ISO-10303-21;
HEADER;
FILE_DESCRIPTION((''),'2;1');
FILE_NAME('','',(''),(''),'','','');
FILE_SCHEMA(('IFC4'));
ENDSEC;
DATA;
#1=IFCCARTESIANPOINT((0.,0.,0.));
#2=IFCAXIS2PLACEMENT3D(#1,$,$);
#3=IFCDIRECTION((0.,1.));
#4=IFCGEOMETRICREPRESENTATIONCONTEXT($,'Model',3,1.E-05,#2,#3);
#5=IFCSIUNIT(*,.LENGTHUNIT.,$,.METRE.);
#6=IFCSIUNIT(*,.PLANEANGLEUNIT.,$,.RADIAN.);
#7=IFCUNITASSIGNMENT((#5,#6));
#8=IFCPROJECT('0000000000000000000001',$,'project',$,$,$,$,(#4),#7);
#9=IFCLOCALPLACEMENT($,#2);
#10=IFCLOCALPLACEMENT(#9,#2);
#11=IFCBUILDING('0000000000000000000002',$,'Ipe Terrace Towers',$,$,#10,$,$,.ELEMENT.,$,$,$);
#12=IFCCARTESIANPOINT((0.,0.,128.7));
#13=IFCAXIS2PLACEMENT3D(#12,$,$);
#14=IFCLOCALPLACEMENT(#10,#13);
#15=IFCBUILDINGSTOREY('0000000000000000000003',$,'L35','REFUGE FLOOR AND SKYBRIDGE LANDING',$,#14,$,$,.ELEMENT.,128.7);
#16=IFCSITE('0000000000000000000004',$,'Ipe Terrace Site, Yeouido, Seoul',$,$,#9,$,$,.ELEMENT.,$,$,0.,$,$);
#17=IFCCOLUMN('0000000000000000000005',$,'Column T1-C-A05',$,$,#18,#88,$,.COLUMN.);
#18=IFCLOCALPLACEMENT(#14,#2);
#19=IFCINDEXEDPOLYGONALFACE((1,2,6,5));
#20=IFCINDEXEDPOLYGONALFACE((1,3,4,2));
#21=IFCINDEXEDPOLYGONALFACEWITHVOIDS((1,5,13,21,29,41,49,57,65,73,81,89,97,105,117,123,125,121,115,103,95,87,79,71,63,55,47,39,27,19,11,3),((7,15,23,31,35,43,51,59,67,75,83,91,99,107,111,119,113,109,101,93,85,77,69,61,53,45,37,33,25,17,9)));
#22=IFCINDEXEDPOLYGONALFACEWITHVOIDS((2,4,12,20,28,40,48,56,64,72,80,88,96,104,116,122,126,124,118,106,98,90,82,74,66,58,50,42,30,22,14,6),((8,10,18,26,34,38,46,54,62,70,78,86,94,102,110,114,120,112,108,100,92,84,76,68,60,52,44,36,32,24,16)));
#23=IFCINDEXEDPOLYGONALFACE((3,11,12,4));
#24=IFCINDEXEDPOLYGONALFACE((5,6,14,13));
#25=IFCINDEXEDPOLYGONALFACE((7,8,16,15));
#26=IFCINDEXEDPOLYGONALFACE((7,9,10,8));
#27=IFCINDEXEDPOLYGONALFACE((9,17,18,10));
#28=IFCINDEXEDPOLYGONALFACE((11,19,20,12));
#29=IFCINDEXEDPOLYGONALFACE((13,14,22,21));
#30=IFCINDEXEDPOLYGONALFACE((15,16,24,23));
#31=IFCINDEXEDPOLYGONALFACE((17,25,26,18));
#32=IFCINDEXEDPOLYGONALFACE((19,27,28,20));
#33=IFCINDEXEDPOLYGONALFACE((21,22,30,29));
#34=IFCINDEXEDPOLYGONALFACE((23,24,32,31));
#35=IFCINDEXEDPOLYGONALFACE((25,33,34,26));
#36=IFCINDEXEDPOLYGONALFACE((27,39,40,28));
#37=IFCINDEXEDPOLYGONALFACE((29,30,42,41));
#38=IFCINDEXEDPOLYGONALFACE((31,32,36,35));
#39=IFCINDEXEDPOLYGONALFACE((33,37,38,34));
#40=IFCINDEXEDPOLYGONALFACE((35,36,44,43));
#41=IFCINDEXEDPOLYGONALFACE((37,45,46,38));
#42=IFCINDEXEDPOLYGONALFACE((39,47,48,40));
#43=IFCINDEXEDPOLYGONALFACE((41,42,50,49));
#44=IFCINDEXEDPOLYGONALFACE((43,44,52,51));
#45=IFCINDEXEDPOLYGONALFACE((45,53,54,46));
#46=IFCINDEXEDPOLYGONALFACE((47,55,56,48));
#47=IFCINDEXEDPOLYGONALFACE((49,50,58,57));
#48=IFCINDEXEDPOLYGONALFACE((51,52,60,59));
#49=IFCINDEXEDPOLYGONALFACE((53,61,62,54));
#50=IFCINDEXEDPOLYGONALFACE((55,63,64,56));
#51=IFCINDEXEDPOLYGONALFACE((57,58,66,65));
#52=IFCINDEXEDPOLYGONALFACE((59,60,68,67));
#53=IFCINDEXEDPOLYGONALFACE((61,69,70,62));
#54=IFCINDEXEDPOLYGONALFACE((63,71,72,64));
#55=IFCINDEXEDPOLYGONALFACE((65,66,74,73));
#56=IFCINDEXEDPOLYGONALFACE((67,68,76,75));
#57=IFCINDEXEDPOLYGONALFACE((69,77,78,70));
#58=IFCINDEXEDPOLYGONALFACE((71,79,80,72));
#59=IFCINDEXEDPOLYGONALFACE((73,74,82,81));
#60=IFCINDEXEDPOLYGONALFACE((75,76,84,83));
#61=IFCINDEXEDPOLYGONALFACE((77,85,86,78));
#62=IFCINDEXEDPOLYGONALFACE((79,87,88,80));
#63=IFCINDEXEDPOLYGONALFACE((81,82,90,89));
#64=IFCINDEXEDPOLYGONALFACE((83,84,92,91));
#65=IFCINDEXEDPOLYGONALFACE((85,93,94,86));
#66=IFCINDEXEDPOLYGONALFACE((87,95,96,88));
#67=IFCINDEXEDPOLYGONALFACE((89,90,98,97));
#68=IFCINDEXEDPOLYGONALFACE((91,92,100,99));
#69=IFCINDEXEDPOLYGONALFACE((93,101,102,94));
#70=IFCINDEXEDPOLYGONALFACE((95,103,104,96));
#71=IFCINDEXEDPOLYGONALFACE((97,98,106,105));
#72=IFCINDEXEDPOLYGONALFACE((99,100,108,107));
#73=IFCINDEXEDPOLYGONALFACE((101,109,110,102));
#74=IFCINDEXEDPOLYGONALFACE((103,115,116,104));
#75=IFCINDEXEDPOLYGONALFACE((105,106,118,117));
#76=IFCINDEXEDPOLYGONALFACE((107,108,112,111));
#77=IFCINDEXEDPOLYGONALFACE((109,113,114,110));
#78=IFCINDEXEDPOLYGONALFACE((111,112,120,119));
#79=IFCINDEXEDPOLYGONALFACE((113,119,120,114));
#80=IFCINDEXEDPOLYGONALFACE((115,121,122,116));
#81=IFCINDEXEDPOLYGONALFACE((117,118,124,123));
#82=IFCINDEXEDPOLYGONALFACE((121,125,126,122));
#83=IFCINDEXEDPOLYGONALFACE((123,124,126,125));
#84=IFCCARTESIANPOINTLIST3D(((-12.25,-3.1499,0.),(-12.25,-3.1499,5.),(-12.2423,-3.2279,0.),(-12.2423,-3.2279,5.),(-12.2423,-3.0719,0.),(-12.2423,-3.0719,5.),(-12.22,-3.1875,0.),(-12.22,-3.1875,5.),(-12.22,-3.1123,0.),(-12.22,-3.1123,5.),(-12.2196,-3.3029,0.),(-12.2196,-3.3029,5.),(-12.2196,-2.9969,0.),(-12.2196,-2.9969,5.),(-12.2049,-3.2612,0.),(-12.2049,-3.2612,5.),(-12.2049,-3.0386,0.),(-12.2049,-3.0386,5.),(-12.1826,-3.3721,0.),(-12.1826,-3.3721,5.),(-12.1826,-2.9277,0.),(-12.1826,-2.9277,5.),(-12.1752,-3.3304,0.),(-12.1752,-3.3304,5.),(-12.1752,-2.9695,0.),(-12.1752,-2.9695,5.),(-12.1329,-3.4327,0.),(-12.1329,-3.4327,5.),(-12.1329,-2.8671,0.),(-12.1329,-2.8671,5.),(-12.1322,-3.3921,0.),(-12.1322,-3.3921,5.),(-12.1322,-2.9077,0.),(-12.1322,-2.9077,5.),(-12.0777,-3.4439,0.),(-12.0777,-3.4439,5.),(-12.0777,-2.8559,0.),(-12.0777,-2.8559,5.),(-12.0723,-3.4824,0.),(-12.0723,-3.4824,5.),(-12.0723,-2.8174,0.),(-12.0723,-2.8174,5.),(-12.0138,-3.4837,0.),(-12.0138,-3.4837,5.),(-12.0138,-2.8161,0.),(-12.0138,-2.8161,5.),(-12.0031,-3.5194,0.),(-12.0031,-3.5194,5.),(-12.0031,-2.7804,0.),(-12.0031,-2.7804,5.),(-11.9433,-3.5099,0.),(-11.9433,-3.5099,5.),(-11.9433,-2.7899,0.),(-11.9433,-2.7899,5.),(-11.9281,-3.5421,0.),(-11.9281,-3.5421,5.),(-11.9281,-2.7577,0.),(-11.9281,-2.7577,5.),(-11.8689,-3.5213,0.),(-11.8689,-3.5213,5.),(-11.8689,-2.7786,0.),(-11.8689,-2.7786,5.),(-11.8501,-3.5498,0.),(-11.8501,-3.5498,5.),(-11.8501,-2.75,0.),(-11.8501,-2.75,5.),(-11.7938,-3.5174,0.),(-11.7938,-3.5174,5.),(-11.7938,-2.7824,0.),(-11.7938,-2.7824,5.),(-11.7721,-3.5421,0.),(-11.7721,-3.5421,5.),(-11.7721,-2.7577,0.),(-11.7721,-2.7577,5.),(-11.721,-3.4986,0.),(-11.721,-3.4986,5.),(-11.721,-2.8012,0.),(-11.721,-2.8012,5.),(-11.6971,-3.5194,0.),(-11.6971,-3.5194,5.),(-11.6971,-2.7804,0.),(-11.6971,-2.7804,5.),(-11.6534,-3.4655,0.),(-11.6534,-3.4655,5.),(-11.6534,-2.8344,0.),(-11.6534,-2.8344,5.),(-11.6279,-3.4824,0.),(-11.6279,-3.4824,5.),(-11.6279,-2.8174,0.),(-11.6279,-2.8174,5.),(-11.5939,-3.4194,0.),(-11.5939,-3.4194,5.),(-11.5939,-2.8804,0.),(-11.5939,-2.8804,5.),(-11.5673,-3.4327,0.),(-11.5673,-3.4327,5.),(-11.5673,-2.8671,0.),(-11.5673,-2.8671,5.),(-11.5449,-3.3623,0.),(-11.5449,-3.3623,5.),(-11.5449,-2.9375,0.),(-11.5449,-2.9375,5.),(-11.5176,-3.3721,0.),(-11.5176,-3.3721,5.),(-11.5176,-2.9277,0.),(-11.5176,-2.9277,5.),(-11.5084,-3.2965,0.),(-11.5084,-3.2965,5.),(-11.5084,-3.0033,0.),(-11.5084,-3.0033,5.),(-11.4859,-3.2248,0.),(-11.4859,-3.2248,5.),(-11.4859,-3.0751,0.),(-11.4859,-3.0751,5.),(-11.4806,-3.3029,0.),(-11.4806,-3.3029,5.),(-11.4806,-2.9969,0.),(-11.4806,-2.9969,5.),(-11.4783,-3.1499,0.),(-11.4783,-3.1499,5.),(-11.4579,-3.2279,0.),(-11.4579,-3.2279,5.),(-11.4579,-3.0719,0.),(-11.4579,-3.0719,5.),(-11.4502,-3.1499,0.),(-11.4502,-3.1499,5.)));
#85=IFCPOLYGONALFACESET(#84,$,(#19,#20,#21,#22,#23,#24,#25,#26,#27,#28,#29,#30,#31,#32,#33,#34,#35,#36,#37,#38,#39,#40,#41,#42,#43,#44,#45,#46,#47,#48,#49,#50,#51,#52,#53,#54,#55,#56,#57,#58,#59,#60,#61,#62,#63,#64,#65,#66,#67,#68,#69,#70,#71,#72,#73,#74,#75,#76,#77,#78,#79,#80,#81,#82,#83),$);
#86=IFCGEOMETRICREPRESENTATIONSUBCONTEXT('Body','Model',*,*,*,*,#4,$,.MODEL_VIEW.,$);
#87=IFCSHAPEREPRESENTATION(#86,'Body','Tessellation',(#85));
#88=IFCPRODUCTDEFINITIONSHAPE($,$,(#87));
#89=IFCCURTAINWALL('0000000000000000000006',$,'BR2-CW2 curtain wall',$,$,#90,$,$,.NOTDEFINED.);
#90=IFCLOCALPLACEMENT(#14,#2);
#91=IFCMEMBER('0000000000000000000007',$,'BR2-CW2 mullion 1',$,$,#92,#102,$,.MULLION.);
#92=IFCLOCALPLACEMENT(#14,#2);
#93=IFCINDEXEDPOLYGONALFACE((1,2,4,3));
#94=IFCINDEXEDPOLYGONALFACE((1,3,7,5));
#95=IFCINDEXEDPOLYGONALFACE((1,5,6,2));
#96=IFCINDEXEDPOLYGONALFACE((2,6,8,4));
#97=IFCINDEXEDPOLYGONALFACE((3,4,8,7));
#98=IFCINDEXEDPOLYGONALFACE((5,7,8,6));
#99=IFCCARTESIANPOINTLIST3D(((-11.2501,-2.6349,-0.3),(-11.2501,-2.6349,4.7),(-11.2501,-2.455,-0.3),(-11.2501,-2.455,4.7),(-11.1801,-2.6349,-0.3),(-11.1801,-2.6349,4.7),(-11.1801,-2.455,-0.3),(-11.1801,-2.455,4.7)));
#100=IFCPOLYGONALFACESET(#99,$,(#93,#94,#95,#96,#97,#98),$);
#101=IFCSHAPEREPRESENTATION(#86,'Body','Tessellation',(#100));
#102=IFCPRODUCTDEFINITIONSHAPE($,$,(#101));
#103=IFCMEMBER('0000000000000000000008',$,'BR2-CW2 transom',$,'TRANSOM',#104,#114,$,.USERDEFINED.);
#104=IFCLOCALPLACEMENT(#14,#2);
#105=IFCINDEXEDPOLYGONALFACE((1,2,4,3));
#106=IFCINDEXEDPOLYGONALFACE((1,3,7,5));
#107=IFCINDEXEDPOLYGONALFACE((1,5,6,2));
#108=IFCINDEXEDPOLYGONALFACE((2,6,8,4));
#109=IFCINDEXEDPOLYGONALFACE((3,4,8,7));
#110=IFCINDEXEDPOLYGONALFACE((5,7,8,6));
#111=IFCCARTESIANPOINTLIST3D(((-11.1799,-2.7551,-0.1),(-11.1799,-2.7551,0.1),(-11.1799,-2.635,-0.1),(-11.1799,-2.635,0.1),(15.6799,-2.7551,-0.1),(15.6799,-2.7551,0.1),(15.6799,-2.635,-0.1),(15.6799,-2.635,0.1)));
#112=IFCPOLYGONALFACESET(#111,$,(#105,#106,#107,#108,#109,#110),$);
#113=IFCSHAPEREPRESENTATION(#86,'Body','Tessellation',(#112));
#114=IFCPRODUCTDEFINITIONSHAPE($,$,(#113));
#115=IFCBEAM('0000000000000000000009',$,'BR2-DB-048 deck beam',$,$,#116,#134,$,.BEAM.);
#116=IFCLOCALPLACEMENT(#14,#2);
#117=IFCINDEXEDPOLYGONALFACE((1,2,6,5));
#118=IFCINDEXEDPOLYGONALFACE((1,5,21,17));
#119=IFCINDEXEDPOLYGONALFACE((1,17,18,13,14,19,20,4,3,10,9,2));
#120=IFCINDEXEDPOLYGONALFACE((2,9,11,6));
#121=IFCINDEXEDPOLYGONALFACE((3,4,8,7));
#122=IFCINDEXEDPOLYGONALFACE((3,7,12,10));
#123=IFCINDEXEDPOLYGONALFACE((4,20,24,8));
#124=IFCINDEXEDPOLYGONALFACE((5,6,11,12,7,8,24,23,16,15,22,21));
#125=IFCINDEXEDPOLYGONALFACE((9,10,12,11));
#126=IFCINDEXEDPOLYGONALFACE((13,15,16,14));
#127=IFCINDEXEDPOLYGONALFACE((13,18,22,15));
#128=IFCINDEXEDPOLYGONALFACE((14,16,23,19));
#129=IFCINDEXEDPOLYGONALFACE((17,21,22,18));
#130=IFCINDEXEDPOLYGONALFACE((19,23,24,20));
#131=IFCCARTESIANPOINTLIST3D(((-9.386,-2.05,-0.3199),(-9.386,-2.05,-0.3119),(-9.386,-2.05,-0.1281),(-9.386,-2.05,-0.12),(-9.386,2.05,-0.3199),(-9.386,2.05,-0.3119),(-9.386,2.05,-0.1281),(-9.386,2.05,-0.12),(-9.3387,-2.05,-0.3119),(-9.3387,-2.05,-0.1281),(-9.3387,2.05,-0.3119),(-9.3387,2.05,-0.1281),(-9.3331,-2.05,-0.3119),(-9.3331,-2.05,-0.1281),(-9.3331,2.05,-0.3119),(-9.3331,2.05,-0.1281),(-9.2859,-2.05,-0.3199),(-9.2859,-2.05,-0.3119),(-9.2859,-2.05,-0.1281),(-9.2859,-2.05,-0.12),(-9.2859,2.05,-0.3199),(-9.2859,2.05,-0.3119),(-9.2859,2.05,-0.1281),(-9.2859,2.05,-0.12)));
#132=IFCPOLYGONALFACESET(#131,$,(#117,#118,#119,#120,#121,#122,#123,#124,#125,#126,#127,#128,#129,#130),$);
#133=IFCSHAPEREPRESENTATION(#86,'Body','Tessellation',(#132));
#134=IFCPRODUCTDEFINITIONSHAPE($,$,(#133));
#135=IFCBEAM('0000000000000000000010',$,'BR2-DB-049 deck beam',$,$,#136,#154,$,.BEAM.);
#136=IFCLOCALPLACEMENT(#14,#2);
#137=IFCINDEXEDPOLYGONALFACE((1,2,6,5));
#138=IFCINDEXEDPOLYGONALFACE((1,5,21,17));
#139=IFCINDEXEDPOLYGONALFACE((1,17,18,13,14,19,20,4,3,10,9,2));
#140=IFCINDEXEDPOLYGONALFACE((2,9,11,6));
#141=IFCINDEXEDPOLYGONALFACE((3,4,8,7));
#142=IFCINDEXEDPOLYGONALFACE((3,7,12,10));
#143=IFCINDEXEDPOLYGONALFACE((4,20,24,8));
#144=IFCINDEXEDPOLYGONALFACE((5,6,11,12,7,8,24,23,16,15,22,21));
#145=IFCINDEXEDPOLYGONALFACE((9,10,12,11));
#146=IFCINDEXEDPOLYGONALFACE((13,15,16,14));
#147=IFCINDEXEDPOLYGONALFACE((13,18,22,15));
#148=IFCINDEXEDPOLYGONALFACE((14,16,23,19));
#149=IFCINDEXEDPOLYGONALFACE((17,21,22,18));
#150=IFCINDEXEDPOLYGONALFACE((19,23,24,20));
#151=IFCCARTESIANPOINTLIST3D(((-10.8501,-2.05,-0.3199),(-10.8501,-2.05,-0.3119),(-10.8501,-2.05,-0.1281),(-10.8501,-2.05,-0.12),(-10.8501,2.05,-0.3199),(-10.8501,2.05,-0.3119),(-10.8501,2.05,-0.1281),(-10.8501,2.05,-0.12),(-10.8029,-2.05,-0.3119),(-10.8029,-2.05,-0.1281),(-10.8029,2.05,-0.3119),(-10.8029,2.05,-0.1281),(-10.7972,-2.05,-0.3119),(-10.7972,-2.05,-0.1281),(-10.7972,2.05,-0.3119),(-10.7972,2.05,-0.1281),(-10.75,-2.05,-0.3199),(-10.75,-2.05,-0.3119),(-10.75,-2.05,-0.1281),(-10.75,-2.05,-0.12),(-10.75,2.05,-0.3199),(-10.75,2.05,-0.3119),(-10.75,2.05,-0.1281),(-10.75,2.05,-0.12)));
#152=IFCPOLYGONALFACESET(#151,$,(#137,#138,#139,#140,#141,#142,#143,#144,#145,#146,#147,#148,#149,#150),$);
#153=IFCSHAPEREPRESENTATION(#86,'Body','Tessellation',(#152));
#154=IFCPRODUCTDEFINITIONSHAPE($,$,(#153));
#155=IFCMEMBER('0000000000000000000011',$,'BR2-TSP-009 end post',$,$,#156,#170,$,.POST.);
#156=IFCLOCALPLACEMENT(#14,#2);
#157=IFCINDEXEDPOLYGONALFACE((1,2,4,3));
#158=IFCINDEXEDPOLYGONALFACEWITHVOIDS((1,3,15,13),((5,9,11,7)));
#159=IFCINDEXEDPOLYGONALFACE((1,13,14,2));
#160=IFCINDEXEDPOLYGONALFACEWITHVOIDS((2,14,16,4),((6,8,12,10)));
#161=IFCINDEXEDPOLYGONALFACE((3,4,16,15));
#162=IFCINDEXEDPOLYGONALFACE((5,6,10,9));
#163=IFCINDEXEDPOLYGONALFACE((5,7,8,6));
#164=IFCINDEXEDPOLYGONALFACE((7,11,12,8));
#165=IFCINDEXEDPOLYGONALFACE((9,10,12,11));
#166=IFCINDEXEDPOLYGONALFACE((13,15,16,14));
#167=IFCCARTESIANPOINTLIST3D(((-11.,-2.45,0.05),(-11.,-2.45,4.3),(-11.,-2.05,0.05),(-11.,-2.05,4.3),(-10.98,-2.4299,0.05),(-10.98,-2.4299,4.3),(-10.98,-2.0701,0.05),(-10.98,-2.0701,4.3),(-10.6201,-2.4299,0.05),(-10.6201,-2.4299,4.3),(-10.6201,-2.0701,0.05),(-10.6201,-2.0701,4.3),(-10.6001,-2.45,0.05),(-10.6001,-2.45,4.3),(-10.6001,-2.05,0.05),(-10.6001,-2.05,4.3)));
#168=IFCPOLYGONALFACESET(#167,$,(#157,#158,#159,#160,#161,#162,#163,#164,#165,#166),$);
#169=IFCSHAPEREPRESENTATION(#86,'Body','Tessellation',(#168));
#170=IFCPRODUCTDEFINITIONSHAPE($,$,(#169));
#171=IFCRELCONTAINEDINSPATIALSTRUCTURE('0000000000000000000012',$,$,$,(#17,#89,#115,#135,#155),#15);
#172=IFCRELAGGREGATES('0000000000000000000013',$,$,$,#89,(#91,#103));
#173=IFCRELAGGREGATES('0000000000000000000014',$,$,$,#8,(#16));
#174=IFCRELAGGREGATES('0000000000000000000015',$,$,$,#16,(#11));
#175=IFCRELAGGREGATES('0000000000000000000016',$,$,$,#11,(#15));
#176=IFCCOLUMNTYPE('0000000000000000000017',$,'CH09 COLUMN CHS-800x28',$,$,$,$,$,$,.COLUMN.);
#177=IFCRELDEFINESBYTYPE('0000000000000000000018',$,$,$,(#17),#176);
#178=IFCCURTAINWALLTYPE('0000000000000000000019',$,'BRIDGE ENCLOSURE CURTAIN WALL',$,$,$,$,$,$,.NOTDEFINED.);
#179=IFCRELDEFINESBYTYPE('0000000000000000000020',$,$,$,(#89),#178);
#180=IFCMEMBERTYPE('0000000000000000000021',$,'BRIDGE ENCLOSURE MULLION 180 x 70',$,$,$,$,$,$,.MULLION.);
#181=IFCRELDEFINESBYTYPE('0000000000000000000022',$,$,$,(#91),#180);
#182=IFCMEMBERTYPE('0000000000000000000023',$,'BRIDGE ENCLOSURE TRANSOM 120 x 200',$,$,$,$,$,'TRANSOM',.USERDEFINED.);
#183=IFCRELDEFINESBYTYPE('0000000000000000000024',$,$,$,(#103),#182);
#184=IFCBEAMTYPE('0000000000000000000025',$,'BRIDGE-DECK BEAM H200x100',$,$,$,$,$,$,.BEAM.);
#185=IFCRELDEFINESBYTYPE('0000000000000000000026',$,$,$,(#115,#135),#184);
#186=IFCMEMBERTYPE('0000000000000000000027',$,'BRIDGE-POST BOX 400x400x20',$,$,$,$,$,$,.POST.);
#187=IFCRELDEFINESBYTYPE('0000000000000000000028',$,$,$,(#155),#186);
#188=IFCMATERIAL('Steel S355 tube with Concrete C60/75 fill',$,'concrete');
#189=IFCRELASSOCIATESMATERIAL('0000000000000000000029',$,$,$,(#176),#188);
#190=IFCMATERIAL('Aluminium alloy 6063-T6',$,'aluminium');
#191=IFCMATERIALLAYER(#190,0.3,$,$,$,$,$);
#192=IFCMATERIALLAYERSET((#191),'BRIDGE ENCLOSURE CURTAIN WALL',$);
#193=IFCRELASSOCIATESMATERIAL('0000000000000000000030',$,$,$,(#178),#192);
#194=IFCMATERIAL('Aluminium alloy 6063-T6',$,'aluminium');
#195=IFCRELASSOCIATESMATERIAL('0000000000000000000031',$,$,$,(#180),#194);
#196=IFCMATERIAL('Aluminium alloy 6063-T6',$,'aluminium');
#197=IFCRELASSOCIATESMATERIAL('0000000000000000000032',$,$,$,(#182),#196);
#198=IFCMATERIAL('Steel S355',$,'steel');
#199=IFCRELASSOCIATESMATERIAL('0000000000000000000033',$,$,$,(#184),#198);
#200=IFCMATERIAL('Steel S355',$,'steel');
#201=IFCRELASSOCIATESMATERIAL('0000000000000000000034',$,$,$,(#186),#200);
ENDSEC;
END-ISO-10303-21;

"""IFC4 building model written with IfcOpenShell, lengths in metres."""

from ifc_helpers import new_model, si_unit, direction, frame, origin, origin_2d, place, context, subcontext, project, spatial, rectangle, hollow_rectangle, hollow_circle, i_section, extrude, material, layer, layer_set, material_profile, profile_set, type_object, element, aggregate, save


model = new_model("IFC4")

# Units and contexts
model_context = context("Model", 3, precision=1e-05, world=origin(), true_north=direction((0.0, 1.0)))
body_context = subcontext(model_context, "Body", "Model", "MODEL_VIEW")
ifc_project = project(units=[si_unit("LENGTHUNIT", "METRE"), si_unit("PLANEANGLEUNIT", "RADIAN")], contexts=[model_context])

# Site, building, storey
site_placement = place(None, origin())
site = spatial("IfcSite", under=ifc_project, at=site_placement, Name="Ipe Terrace Site, Yeouido, Seoul", CompositionType="ELEMENT", RefElevation=0.0)
building_placement = place(site_placement, origin())
building = spatial("IfcBuilding", under=site, at=building_placement, Name="Ipe Terrace Towers", CompositionType="ELEMENT")
storey_placement = place(building_placement, frame((0.0, 0.0, 128.7)))
storey = spatial("IfcBuildingStorey", under=building, at=storey_placement, Name="L35", Description="REFUGE FLOOR AND SKYBRIDGE LANDING", CompositionType="ELEMENT", Elevation=128.7)

# Column
ifc_material_1 = material(Name="Steel S355 tube with Concrete C60/75 fill", Category="concrete")
ifc_material_profile_1 = material_profile(ifc_material_1, hollow_circle(Radius=0.3999, WallThickness=0.0281, at=origin_2d()), Name="CHS-800x28")
ifc_profile_set_1 = profile_set([ifc_material_profile_1], Name="Steel S355 tube with Concrete C60/75 fill")
column_type = type_object("IfcColumnType", Name="CH09 COLUMN CHS-800x28", PredefinedType="COLUMN", material=ifc_profile_set_1)
column_placement = place(storey_placement, frame((-11.8501, -3.1499, 0.0), z_axis=(0.0, 0.0, 1.0), x_axis=(1.0, 0.0, 0.0)))
element("IfcColumn", 1, at=column_placement, inside=storey, type_object=column_type, Name="Column T1-C-A05", PredefinedType="COLUMN", context=body_context, shape_type="SweptSolid", body=[
    extrude(hollow_circle(Radius=0.3999, WallThickness=0.0281, at=origin_2d()), origin(), (0.0, 0.0, 1.0), 5.0),
])

# Curtain wall, members
ifc_material_2 = material(Name="Aluminium alloy 6063-T6", Category="aluminium")
ifc_layer_1 = layer(ifc_material_2, 0.3)
ifc_layer_set_1 = layer_set([ifc_layer_1], Name="BRIDGE ENCLOSURE CURTAIN WALL")
curtain_wall_type_1 = type_object("IfcCurtainWallType", Name="BRIDGE ENCLOSURE CURTAIN WALL", PredefinedType="NOTDEFINED", material=ifc_layer_set_1)
curtain_wall_1_placement = place(storey_placement, origin())
curtain_wall_1 = element("IfcCurtainWall", 2, at=curtain_wall_1_placement, inside=storey, type_object=curtain_wall_type_1, Name="BR2-CW2 curtain wall", PredefinedType="NOTDEFINED")
ifc_material_3 = material(Name="Aluminium alloy 6063-T6", Category="aluminium")
ifc_material_profile_2 = material_profile(ifc_material_3, rectangle(XDim=0.1799, YDim=0.0701, at=origin_2d()), Name="BRIDGE ENCLOSURE MULLION 180 x 70")
ifc_profile_set_2 = profile_set([ifc_material_profile_2], Name="Aluminium alloy 6063-T6")
member_type_1 = type_object("IfcMemberType", Name="BRIDGE ENCLOSURE MULLION 180 x 70", PredefinedType="MULLION", material=ifc_profile_set_2)
member_1_placement = place(storey_placement, frame((-11.2151, -2.5449, -0.3), z_axis=(0.0, 0.0, 1.0), x_axis=(0.0, -1.0, 0.0)))
member_1 = element("IfcMember", 3, at=member_1_placement, type_object=member_type_1, Name="BR2-CW2 mullion 1", PredefinedType="MULLION", context=body_context, shape_type="SweptSolid", body=[
    extrude(rectangle(XDim=0.1799, YDim=0.0701, at=origin_2d()), origin(), (0.0, 0.0, 1.0), 5.0),
])
ifc_material_4 = material(Name="Aluminium alloy 6063-T6", Category="aluminium")
ifc_material_profile_3 = material_profile(ifc_material_4, rectangle(XDim=0.1201, YDim=0.2, at=origin_2d()), Name="BRIDGE ENCLOSURE TRANSOM 120 x 200")
ifc_profile_set_3 = profile_set([ifc_material_profile_3], Name="Aluminium alloy 6063-T6")
member_type_2 = type_object("IfcMemberType", Name="BRIDGE ENCLOSURE TRANSOM 120 x 200", ElementType="TRANSOM", PredefinedType="USERDEFINED", material=ifc_profile_set_3)
member_2_placement = place(storey_placement, frame((-11.1799, -2.6951, 0.0), z_axis=(1.0, 0.0, 0.0), x_axis=(0.0, -1.0, 0.0)))
member_2 = element("IfcMember", 4, at=member_2_placement, type_object=member_type_2, Name="BR2-CW2 transom", ObjectType="TRANSOM", PredefinedType="USERDEFINED", context=body_context, shape_type="SweptSolid", body=[
    extrude(rectangle(XDim=0.1201, YDim=0.2, at=origin_2d()), origin(), (0.0, 0.0, 1.0), 26.8599),
])

# Beams
ifc_material_5 = material(Name="Steel S355", Category="steel")
ifc_material_profile_4 = material_profile(ifc_material_5, i_section(OverallWidth=0.1001, OverallDepth=0.2, WebThickness=0.0056, FlangeThickness=0.0081, at=origin_2d()), Name="H200x100")
ifc_profile_set_4 = profile_set([ifc_material_profile_4], Name="Steel S355")
beam_type_1 = type_object("IfcBeamType", Name="BRIDGE-DECK BEAM H200x100", PredefinedType="BEAM", material=ifc_profile_set_4)
for number, where, z_axis, x_axis, name in (
    (5, (-9.3359, -2.05, -0.22), (0.0, 1.0, 0.0), (-1.0, 0.0, 0.0), "BR2-DB-048 deck beam"),
    (6, (-10.8, -2.05, -0.22), (0.0, 1.0, 0.0), (-1.0, 0.0, 0.0), "BR2-DB-049 deck beam"),
):
    element("IfcBeam", number, at=place(storey_placement, frame(where, z_axis=z_axis, x_axis=x_axis)), inside=storey, type_object=beam_type_1, Name=name, PredefinedType="BEAM", context=body_context, shape_type="SweptSolid", body=[
        extrude(i_section(OverallWidth=0.1001, OverallDepth=0.2, WebThickness=0.0056, FlangeThickness=0.0081, at=origin_2d()), origin(), (0.0, 0.0, 1.0), 4.1001),
    ])

# Member
ifc_material_6 = material(Name="Steel S355", Category="steel")
ifc_material_profile_5 = material_profile(ifc_material_6, hollow_rectangle(XDim=0.3999, YDim=0.3999, WallThickness=0.02, at=origin_2d()), Name="BRIDGE-POST BOX 400x400x20")
ifc_profile_set_5 = profile_set([ifc_material_profile_5], Name="Steel S355")
member_type_3 = type_object("IfcMemberType", Name="BRIDGE-POST BOX 400x400x20", PredefinedType="POST", material=ifc_profile_set_5)
member_3_placement = place(storey_placement, frame((-10.8, -2.25, 0.05), z_axis=(0.0, 0.0, 1.0), x_axis=(1.0, 0.0, 0.0)))
element("IfcMember", 7, at=member_3_placement, inside=storey, type_object=member_type_3, Name="BR2-TSP-009 end post", PredefinedType="POST", context=body_context, shape_type="SweptSolid", body=[
    extrude(hollow_rectangle(XDim=0.3999, YDim=0.3999, WallThickness=0.02, at=origin_2d()), origin(), (0.0, 0.0, 1.0), 4.25),
])

aggregate(curtain_wall_1, [member_1, member_2])

save(model, "model.ifc")
